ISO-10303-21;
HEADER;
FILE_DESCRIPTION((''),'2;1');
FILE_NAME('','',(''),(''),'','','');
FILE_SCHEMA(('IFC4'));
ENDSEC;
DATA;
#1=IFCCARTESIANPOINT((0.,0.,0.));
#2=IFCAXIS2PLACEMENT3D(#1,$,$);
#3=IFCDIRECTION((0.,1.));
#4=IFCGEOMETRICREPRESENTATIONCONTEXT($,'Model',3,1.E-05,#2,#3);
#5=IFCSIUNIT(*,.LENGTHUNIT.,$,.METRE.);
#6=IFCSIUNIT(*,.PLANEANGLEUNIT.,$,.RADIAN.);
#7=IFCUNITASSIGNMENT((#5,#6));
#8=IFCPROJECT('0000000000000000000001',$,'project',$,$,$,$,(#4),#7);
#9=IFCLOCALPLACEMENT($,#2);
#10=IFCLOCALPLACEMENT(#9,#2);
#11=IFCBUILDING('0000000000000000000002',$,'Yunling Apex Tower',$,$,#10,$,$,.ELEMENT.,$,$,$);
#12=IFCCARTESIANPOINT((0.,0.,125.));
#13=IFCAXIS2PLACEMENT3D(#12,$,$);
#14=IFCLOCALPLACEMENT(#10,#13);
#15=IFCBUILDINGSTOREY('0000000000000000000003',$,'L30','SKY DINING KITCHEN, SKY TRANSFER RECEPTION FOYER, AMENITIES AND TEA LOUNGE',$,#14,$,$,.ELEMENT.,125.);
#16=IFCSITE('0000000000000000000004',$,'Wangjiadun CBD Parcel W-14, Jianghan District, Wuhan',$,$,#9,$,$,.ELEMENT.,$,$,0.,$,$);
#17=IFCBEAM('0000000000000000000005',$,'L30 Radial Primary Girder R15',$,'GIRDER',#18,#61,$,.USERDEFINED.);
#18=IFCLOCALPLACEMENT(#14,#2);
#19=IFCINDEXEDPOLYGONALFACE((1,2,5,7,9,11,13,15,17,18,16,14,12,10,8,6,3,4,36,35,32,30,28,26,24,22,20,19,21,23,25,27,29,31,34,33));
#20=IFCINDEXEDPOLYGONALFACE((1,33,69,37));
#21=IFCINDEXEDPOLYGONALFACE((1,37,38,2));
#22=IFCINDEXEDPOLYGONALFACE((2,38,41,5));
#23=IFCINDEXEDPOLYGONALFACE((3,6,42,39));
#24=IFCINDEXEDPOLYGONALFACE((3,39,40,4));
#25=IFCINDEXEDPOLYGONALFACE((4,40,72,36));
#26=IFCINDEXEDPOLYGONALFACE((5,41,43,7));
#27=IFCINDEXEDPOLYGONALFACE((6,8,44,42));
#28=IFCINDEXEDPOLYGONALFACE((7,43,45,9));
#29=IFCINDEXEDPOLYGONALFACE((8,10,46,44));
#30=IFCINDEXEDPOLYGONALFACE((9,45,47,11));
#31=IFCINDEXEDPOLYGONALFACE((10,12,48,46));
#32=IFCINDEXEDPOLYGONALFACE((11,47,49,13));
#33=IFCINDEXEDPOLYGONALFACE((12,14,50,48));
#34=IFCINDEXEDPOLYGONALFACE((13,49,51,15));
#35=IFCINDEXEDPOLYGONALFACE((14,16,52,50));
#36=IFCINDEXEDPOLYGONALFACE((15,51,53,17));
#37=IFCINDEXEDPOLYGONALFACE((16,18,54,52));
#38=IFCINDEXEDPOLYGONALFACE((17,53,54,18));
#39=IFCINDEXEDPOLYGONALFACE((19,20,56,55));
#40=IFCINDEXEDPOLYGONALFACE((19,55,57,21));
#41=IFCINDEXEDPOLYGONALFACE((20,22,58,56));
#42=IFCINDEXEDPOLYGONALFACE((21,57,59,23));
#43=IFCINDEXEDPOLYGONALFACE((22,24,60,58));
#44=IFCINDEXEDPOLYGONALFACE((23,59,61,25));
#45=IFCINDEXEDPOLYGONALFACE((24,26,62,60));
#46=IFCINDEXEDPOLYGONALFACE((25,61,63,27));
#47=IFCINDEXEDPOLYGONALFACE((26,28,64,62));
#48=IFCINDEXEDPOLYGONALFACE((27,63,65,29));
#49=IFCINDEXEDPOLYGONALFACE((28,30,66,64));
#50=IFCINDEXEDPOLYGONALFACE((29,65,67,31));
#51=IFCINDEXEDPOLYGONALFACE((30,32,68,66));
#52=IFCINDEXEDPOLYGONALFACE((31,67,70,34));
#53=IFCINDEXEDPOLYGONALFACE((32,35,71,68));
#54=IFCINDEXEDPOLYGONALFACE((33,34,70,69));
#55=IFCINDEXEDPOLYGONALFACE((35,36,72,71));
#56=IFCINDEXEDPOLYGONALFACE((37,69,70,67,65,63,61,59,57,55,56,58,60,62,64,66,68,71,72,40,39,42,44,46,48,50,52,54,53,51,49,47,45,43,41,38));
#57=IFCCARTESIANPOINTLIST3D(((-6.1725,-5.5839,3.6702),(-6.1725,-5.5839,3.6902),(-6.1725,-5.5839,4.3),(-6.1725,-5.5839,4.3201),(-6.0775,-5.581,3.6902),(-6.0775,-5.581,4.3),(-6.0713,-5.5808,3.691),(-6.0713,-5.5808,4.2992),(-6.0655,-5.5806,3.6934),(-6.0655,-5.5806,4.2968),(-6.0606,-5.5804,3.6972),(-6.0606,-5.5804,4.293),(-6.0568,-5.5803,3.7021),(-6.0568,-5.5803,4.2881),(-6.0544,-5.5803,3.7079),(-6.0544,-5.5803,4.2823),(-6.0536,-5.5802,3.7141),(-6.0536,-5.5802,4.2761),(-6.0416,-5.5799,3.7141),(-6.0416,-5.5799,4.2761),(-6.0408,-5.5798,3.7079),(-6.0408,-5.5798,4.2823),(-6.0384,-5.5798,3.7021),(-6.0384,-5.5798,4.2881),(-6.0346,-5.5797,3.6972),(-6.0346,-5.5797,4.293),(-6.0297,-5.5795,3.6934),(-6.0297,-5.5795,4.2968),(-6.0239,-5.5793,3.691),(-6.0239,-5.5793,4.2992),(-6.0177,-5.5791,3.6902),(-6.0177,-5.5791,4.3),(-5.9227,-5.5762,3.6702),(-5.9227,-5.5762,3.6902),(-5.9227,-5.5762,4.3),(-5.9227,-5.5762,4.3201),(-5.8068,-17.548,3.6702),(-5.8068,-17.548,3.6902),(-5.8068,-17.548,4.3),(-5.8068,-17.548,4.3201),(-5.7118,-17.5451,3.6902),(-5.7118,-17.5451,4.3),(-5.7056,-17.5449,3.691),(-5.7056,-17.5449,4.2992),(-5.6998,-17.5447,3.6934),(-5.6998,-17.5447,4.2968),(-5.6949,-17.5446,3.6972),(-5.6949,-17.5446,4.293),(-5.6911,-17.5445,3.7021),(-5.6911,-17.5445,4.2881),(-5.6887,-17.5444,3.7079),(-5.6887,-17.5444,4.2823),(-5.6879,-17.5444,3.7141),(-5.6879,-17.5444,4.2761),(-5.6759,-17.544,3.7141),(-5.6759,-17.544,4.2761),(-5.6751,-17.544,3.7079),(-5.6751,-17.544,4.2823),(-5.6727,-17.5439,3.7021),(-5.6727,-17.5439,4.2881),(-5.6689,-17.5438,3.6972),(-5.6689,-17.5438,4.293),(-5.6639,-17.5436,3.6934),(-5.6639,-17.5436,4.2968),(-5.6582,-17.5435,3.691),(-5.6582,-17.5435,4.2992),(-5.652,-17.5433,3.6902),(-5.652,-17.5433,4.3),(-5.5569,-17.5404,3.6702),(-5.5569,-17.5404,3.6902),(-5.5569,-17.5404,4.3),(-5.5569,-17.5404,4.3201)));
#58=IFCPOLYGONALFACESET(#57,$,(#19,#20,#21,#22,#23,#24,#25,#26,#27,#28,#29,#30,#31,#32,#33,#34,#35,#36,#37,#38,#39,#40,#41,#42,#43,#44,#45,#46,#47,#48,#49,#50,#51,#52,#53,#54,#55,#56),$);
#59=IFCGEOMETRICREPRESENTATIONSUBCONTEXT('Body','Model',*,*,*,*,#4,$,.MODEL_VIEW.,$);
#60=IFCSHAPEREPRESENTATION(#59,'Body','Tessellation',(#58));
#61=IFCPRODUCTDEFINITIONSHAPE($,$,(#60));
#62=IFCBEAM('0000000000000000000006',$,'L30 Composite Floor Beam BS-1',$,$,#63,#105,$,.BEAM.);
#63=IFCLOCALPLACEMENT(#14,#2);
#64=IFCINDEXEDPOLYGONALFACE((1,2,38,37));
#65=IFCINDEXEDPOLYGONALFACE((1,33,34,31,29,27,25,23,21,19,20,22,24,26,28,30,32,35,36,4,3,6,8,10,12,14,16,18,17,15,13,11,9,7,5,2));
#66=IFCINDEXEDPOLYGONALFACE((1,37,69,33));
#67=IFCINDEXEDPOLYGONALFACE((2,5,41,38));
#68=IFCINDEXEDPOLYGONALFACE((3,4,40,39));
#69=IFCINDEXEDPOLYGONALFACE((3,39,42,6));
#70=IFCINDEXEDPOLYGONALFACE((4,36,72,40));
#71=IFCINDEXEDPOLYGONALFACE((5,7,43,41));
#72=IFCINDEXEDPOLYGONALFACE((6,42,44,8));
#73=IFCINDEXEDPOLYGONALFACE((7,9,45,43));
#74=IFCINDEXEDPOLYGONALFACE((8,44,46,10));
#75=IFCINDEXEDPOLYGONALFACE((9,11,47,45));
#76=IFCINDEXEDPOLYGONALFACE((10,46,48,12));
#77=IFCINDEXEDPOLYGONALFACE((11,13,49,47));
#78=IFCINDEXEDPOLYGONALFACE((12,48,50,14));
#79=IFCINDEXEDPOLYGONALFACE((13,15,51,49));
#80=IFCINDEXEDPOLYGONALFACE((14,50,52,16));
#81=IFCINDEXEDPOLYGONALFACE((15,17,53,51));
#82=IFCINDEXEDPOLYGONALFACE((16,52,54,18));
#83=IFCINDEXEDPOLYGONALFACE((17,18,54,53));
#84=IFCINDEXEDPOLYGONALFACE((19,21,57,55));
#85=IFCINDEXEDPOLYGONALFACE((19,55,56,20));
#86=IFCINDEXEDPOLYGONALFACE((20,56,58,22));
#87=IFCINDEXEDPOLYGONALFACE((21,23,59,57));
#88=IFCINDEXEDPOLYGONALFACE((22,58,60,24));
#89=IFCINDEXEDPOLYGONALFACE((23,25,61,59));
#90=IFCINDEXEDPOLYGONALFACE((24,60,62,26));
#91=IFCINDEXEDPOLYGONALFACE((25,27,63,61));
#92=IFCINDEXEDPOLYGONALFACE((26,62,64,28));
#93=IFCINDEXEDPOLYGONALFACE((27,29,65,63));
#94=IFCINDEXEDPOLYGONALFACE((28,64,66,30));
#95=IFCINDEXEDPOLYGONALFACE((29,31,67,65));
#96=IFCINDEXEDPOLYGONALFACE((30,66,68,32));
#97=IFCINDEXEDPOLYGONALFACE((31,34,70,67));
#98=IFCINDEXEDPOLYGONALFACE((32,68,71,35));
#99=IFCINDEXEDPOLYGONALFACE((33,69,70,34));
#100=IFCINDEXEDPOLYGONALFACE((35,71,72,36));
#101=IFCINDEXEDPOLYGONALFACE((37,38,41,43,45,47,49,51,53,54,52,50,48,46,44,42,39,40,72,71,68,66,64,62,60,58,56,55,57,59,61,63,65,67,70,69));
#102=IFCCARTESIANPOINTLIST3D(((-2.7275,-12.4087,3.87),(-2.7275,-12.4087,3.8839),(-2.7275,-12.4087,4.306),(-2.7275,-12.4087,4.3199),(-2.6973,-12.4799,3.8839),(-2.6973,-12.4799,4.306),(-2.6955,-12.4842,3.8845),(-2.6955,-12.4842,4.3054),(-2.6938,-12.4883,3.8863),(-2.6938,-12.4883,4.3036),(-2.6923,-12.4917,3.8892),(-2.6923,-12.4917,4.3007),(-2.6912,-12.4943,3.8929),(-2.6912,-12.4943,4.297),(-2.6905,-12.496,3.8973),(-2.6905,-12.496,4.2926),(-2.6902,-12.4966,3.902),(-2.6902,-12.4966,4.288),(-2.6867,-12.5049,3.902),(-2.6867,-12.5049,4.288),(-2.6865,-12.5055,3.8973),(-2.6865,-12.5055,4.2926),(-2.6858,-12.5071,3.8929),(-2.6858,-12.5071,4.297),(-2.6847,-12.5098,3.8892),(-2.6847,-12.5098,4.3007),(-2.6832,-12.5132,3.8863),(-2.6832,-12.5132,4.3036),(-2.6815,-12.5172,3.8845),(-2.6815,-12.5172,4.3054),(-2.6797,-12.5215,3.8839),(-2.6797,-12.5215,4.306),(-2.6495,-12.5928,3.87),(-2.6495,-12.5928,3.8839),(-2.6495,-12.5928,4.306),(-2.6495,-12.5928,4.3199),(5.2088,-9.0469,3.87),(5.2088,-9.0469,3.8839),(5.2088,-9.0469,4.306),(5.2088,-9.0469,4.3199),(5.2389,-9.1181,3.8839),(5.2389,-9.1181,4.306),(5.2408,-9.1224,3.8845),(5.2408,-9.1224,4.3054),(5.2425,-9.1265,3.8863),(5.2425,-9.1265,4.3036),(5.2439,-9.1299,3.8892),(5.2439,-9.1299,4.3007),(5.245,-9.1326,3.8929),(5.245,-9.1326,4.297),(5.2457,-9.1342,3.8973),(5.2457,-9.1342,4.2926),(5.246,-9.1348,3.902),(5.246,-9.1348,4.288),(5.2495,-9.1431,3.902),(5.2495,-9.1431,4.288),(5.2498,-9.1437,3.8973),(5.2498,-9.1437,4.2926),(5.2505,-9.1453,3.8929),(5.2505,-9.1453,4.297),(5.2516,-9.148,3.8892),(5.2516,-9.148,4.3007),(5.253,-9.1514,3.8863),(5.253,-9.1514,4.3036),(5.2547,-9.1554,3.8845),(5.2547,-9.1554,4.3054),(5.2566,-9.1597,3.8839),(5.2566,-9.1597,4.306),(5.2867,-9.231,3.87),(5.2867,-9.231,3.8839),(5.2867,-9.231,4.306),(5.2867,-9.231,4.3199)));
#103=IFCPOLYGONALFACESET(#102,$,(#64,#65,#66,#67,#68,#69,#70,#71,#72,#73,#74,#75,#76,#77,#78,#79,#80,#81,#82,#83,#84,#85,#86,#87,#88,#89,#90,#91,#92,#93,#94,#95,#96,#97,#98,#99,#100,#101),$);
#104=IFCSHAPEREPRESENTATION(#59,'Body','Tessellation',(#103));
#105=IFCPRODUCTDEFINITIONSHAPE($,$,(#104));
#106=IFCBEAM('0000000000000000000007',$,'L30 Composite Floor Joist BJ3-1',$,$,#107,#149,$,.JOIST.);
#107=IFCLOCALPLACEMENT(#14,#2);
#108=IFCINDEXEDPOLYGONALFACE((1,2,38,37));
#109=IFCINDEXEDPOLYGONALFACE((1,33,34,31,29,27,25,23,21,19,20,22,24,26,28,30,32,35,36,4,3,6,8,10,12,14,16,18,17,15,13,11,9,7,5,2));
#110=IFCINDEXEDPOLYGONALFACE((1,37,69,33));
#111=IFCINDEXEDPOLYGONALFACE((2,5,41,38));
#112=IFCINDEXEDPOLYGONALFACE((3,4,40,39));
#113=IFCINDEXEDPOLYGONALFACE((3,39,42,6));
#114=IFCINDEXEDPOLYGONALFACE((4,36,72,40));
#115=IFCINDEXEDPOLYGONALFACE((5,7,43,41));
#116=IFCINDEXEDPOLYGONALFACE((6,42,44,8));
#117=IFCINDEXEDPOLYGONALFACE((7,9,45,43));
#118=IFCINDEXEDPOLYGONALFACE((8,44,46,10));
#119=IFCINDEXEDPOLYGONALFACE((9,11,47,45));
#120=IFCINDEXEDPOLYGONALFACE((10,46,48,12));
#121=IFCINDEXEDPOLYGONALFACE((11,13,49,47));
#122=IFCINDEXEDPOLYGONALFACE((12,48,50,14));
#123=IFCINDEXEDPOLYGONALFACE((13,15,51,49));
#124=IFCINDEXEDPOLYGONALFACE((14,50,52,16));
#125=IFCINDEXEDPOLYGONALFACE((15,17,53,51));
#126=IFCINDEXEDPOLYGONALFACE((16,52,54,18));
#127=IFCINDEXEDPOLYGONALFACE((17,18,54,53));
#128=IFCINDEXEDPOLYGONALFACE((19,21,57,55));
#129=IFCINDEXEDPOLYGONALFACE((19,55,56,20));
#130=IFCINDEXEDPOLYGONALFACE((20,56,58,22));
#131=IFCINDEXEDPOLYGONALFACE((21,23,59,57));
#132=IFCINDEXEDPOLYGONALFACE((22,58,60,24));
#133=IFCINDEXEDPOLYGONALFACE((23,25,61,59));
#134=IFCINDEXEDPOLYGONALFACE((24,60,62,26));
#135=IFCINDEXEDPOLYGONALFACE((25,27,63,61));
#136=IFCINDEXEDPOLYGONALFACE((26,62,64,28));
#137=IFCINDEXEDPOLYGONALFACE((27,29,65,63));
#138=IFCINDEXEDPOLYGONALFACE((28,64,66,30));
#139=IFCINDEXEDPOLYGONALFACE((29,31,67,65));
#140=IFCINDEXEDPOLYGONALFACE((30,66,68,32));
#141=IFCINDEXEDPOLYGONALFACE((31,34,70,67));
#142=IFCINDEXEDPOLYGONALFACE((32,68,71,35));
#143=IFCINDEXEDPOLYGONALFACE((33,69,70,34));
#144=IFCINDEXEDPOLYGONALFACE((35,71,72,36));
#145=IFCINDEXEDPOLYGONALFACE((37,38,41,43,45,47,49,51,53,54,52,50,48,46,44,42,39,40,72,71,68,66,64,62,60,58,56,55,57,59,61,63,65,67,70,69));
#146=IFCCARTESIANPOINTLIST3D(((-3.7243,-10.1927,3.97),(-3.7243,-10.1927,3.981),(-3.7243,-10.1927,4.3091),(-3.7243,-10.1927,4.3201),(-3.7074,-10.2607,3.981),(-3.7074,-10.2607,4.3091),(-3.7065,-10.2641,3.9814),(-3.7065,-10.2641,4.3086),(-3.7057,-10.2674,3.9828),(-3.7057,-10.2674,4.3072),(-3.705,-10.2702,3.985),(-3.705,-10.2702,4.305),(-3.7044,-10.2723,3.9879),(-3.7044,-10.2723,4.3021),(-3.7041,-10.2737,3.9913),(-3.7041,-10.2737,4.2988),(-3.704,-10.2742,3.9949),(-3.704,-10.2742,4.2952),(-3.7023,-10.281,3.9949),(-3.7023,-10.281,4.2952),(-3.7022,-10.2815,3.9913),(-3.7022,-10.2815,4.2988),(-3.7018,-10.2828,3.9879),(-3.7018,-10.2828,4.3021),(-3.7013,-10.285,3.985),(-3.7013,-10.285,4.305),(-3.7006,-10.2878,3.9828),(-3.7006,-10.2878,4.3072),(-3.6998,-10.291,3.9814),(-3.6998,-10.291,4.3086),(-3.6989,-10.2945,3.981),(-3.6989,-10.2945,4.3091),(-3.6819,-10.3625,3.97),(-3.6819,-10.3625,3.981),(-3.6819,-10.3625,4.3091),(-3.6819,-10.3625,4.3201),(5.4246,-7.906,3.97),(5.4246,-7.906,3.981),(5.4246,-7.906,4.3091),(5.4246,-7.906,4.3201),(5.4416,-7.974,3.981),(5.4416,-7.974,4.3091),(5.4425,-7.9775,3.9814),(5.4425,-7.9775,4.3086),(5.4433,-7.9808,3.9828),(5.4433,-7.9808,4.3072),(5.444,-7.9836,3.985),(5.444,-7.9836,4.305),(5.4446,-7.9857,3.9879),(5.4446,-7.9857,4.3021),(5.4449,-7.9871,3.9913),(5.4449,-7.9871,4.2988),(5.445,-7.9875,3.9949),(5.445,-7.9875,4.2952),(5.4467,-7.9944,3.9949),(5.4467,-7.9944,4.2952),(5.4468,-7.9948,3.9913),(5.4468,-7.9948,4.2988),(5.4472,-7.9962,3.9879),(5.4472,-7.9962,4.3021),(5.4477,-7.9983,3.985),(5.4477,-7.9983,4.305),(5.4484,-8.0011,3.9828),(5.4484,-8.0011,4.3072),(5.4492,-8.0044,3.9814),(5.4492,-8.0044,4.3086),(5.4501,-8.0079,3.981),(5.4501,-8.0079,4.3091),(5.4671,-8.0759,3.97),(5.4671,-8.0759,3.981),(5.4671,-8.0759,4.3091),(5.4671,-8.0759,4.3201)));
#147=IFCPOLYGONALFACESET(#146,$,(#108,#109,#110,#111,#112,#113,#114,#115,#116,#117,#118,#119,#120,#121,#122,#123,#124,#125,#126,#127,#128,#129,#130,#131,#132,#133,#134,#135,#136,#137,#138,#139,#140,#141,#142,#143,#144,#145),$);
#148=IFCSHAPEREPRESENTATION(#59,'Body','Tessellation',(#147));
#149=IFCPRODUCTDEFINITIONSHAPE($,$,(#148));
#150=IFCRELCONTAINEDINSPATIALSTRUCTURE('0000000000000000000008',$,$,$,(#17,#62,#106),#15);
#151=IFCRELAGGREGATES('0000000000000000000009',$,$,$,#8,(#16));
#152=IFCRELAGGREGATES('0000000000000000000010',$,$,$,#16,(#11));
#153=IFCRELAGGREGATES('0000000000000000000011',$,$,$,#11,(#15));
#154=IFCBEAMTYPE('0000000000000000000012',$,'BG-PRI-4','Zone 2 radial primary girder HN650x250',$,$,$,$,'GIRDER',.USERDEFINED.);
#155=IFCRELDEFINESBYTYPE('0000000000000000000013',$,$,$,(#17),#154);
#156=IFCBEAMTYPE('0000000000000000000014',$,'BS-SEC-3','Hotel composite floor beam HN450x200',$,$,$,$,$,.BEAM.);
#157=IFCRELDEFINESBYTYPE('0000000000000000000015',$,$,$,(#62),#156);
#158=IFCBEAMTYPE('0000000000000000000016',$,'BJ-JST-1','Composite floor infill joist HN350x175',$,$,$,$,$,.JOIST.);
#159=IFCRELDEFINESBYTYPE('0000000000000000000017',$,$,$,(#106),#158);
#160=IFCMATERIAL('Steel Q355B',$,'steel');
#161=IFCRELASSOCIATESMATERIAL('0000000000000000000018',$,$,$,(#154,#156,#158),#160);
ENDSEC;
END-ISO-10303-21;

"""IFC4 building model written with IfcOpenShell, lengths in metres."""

from ifc_helpers import new_model, si_unit, direction, frame, origin, origin_2d, place, context, subcontext, project, spatial, i_section, extrude, source, transform, mapped, material, material_profile, profile_set, type_object, element, save


model = new_model("IFC4")

# Units and contexts
model_context = context("Model", 3, precision=1e-05, world=origin(), true_north=direction((0.0, 1.0)))
body_context = subcontext(model_context, "Body", "Model", "MODEL_VIEW")
ifc_project = project(units=[si_unit("LENGTHUNIT", "METRE"), si_unit("PLANEANGLEUNIT", "RADIAN")], contexts=[model_context])

# Site, building, storey
site_placement = place(None, origin())
site = spatial("IfcSite", under=ifc_project, at=site_placement, Name="Wangjiadun CBD Parcel W-14, Jianghan District, Wuhan", CompositionType="ELEMENT", RefElevation=0.0)
building_placement = place(site_placement, origin())
building = spatial("IfcBuilding", under=site, at=building_placement, Name="Yunling Apex Tower", CompositionType="ELEMENT")
storey_placement = place(building_placement, frame((0.0, 0.0, 125.0)))
storey = spatial("IfcBuildingStorey", under=building, at=storey_placement, Name="L30", Description="SKY DINING KITCHEN, SKY TRANSFER RECEPTION FOYER, AMENITIES AND TEA LOUNGE", CompositionType="ELEMENT", Elevation=125.0)

# Beams
ifc_material_1 = material(Name="Steel Q355B", Category="steel")
ifc_material_profile_1 = material_profile(ifc_material_1, i_section(OverallWidth=0.25, OverallDepth=0.6499, WebThickness=0.012, FlangeThickness=0.02, FilletRadius=0.0239, at=origin_2d()))
ifc_profile_set_1 = profile_set([ifc_material_profile_1], Name="Steel Q355B")
beam_type_1 = type_object("IfcBeamType", Name="BG-PRI-4", Description="Zone 2 radial primary girder HN650x250", ElementType="GIRDER", PredefinedType="USERDEFINED", material=ifc_profile_set_1)
shared_shape_1 = source(origin(), body_context, "Body", "SweptSolid", [
    extrude(i_section(OverallWidth=0.25, OverallDepth=0.6499, WebThickness=0.012, FlangeThickness=0.02, FilletRadius=0.0239, at=origin_2d()), origin(), (0.0, 0.0, 1.0), 11.9697),
])
beam_1_placement = place(storey_placement, frame((-5.6819, -17.5442, 3.9951), z_axis=(-0.030554, 0.999533, 0.0), x_axis=(-0.999533, -0.030554, 0.0)))
element("IfcBeam", 1, at=beam_1_placement, inside=storey, type_object=beam_type_1, Name="L30 Radial Primary Girder R15", ObjectType="GIRDER", PredefinedType="USERDEFINED", context=body_context, shape_type="MappedRepresentation", body=[
    mapped(shared_shape_1, transform((0.0, 0.0, 0.0), scale=1.0)),
])
ifc_material_profile_2 = material_profile(ifc_material_1, i_section(OverallWidth=0.2, OverallDepth=0.45, WebThickness=0.009, FlangeThickness=0.0139, FilletRadius=0.0181, at=origin_2d()))
ifc_profile_set_2 = profile_set([ifc_material_profile_2], Name="Steel Q355B")
beam_type_2 = type_object("IfcBeamType", Name="BS-SEC-3", Description="Hotel composite floor beam HN450x200", PredefinedType="BEAM", material=ifc_profile_set_2)
shared_shape_2 = source(origin(), body_context, "Body", "SweptSolid", [
    extrude(i_section(OverallWidth=0.2, OverallDepth=0.45, WebThickness=0.009, FlangeThickness=0.0139, FilletRadius=0.0181, at=origin_2d()), origin(), (0.0, 0.0, 1.0), 8.6189),
])
beam_2_placement = place(storey_placement, frame((-2.6885, -12.5007, 4.095), z_axis=(0.920794, 0.390049, 0.0), x_axis=(-0.390049, 0.920794, 0.0)))
element("IfcBeam", 2, at=beam_2_placement, inside=storey, type_object=beam_type_2, Name="L30 Composite Floor Beam BS-1", PredefinedType="BEAM", context=body_context, shape_type="MappedRepresentation", body=[
    mapped(shared_shape_2, transform((0.0, 0.0, 0.0), scale=1.0)),
])
ifc_material_profile_3 = material_profile(ifc_material_1, i_section(OverallWidth=0.175, OverallDepth=0.3501, WebThickness=0.0071, FlangeThickness=0.011, FilletRadius=0.0139, at=origin_2d()))
ifc_profile_set_3 = profile_set([ifc_material_profile_3], Name="Steel Q355B")
beam_type_3 = type_object("IfcBeamType", Name="BJ-JST-1", Description="Composite floor infill joist HN350x175", PredefinedType="JOIST", material=ifc_profile_set_3)
shared_shape_3 = source(origin(), body_context, "Body", "SweptSolid", [
    extrude(i_section(OverallWidth=0.175, OverallDepth=0.3501, WebThickness=0.0071, FlangeThickness=0.011, FilletRadius=0.0139, at=origin_2d()), origin(), (0.0, 0.0, 1.0), 9.4304),
])
beam_3_placement = place(storey_placement, frame((-3.7031, -10.2776, 4.145), z_axis=(0.970158, 0.242475, 0.0), x_axis=(-0.242475, 0.970158, 0.0)))
element("IfcBeam", 3, at=beam_3_placement, inside=storey, type_object=beam_type_3, Name="L30 Composite Floor Joist BJ3-1", PredefinedType="JOIST", context=body_context, shape_type="MappedRepresentation", body=[
    mapped(shared_shape_3, transform((0.0, 0.0, 0.0), scale=1.0)),
])

save(model, "model.ifc")
